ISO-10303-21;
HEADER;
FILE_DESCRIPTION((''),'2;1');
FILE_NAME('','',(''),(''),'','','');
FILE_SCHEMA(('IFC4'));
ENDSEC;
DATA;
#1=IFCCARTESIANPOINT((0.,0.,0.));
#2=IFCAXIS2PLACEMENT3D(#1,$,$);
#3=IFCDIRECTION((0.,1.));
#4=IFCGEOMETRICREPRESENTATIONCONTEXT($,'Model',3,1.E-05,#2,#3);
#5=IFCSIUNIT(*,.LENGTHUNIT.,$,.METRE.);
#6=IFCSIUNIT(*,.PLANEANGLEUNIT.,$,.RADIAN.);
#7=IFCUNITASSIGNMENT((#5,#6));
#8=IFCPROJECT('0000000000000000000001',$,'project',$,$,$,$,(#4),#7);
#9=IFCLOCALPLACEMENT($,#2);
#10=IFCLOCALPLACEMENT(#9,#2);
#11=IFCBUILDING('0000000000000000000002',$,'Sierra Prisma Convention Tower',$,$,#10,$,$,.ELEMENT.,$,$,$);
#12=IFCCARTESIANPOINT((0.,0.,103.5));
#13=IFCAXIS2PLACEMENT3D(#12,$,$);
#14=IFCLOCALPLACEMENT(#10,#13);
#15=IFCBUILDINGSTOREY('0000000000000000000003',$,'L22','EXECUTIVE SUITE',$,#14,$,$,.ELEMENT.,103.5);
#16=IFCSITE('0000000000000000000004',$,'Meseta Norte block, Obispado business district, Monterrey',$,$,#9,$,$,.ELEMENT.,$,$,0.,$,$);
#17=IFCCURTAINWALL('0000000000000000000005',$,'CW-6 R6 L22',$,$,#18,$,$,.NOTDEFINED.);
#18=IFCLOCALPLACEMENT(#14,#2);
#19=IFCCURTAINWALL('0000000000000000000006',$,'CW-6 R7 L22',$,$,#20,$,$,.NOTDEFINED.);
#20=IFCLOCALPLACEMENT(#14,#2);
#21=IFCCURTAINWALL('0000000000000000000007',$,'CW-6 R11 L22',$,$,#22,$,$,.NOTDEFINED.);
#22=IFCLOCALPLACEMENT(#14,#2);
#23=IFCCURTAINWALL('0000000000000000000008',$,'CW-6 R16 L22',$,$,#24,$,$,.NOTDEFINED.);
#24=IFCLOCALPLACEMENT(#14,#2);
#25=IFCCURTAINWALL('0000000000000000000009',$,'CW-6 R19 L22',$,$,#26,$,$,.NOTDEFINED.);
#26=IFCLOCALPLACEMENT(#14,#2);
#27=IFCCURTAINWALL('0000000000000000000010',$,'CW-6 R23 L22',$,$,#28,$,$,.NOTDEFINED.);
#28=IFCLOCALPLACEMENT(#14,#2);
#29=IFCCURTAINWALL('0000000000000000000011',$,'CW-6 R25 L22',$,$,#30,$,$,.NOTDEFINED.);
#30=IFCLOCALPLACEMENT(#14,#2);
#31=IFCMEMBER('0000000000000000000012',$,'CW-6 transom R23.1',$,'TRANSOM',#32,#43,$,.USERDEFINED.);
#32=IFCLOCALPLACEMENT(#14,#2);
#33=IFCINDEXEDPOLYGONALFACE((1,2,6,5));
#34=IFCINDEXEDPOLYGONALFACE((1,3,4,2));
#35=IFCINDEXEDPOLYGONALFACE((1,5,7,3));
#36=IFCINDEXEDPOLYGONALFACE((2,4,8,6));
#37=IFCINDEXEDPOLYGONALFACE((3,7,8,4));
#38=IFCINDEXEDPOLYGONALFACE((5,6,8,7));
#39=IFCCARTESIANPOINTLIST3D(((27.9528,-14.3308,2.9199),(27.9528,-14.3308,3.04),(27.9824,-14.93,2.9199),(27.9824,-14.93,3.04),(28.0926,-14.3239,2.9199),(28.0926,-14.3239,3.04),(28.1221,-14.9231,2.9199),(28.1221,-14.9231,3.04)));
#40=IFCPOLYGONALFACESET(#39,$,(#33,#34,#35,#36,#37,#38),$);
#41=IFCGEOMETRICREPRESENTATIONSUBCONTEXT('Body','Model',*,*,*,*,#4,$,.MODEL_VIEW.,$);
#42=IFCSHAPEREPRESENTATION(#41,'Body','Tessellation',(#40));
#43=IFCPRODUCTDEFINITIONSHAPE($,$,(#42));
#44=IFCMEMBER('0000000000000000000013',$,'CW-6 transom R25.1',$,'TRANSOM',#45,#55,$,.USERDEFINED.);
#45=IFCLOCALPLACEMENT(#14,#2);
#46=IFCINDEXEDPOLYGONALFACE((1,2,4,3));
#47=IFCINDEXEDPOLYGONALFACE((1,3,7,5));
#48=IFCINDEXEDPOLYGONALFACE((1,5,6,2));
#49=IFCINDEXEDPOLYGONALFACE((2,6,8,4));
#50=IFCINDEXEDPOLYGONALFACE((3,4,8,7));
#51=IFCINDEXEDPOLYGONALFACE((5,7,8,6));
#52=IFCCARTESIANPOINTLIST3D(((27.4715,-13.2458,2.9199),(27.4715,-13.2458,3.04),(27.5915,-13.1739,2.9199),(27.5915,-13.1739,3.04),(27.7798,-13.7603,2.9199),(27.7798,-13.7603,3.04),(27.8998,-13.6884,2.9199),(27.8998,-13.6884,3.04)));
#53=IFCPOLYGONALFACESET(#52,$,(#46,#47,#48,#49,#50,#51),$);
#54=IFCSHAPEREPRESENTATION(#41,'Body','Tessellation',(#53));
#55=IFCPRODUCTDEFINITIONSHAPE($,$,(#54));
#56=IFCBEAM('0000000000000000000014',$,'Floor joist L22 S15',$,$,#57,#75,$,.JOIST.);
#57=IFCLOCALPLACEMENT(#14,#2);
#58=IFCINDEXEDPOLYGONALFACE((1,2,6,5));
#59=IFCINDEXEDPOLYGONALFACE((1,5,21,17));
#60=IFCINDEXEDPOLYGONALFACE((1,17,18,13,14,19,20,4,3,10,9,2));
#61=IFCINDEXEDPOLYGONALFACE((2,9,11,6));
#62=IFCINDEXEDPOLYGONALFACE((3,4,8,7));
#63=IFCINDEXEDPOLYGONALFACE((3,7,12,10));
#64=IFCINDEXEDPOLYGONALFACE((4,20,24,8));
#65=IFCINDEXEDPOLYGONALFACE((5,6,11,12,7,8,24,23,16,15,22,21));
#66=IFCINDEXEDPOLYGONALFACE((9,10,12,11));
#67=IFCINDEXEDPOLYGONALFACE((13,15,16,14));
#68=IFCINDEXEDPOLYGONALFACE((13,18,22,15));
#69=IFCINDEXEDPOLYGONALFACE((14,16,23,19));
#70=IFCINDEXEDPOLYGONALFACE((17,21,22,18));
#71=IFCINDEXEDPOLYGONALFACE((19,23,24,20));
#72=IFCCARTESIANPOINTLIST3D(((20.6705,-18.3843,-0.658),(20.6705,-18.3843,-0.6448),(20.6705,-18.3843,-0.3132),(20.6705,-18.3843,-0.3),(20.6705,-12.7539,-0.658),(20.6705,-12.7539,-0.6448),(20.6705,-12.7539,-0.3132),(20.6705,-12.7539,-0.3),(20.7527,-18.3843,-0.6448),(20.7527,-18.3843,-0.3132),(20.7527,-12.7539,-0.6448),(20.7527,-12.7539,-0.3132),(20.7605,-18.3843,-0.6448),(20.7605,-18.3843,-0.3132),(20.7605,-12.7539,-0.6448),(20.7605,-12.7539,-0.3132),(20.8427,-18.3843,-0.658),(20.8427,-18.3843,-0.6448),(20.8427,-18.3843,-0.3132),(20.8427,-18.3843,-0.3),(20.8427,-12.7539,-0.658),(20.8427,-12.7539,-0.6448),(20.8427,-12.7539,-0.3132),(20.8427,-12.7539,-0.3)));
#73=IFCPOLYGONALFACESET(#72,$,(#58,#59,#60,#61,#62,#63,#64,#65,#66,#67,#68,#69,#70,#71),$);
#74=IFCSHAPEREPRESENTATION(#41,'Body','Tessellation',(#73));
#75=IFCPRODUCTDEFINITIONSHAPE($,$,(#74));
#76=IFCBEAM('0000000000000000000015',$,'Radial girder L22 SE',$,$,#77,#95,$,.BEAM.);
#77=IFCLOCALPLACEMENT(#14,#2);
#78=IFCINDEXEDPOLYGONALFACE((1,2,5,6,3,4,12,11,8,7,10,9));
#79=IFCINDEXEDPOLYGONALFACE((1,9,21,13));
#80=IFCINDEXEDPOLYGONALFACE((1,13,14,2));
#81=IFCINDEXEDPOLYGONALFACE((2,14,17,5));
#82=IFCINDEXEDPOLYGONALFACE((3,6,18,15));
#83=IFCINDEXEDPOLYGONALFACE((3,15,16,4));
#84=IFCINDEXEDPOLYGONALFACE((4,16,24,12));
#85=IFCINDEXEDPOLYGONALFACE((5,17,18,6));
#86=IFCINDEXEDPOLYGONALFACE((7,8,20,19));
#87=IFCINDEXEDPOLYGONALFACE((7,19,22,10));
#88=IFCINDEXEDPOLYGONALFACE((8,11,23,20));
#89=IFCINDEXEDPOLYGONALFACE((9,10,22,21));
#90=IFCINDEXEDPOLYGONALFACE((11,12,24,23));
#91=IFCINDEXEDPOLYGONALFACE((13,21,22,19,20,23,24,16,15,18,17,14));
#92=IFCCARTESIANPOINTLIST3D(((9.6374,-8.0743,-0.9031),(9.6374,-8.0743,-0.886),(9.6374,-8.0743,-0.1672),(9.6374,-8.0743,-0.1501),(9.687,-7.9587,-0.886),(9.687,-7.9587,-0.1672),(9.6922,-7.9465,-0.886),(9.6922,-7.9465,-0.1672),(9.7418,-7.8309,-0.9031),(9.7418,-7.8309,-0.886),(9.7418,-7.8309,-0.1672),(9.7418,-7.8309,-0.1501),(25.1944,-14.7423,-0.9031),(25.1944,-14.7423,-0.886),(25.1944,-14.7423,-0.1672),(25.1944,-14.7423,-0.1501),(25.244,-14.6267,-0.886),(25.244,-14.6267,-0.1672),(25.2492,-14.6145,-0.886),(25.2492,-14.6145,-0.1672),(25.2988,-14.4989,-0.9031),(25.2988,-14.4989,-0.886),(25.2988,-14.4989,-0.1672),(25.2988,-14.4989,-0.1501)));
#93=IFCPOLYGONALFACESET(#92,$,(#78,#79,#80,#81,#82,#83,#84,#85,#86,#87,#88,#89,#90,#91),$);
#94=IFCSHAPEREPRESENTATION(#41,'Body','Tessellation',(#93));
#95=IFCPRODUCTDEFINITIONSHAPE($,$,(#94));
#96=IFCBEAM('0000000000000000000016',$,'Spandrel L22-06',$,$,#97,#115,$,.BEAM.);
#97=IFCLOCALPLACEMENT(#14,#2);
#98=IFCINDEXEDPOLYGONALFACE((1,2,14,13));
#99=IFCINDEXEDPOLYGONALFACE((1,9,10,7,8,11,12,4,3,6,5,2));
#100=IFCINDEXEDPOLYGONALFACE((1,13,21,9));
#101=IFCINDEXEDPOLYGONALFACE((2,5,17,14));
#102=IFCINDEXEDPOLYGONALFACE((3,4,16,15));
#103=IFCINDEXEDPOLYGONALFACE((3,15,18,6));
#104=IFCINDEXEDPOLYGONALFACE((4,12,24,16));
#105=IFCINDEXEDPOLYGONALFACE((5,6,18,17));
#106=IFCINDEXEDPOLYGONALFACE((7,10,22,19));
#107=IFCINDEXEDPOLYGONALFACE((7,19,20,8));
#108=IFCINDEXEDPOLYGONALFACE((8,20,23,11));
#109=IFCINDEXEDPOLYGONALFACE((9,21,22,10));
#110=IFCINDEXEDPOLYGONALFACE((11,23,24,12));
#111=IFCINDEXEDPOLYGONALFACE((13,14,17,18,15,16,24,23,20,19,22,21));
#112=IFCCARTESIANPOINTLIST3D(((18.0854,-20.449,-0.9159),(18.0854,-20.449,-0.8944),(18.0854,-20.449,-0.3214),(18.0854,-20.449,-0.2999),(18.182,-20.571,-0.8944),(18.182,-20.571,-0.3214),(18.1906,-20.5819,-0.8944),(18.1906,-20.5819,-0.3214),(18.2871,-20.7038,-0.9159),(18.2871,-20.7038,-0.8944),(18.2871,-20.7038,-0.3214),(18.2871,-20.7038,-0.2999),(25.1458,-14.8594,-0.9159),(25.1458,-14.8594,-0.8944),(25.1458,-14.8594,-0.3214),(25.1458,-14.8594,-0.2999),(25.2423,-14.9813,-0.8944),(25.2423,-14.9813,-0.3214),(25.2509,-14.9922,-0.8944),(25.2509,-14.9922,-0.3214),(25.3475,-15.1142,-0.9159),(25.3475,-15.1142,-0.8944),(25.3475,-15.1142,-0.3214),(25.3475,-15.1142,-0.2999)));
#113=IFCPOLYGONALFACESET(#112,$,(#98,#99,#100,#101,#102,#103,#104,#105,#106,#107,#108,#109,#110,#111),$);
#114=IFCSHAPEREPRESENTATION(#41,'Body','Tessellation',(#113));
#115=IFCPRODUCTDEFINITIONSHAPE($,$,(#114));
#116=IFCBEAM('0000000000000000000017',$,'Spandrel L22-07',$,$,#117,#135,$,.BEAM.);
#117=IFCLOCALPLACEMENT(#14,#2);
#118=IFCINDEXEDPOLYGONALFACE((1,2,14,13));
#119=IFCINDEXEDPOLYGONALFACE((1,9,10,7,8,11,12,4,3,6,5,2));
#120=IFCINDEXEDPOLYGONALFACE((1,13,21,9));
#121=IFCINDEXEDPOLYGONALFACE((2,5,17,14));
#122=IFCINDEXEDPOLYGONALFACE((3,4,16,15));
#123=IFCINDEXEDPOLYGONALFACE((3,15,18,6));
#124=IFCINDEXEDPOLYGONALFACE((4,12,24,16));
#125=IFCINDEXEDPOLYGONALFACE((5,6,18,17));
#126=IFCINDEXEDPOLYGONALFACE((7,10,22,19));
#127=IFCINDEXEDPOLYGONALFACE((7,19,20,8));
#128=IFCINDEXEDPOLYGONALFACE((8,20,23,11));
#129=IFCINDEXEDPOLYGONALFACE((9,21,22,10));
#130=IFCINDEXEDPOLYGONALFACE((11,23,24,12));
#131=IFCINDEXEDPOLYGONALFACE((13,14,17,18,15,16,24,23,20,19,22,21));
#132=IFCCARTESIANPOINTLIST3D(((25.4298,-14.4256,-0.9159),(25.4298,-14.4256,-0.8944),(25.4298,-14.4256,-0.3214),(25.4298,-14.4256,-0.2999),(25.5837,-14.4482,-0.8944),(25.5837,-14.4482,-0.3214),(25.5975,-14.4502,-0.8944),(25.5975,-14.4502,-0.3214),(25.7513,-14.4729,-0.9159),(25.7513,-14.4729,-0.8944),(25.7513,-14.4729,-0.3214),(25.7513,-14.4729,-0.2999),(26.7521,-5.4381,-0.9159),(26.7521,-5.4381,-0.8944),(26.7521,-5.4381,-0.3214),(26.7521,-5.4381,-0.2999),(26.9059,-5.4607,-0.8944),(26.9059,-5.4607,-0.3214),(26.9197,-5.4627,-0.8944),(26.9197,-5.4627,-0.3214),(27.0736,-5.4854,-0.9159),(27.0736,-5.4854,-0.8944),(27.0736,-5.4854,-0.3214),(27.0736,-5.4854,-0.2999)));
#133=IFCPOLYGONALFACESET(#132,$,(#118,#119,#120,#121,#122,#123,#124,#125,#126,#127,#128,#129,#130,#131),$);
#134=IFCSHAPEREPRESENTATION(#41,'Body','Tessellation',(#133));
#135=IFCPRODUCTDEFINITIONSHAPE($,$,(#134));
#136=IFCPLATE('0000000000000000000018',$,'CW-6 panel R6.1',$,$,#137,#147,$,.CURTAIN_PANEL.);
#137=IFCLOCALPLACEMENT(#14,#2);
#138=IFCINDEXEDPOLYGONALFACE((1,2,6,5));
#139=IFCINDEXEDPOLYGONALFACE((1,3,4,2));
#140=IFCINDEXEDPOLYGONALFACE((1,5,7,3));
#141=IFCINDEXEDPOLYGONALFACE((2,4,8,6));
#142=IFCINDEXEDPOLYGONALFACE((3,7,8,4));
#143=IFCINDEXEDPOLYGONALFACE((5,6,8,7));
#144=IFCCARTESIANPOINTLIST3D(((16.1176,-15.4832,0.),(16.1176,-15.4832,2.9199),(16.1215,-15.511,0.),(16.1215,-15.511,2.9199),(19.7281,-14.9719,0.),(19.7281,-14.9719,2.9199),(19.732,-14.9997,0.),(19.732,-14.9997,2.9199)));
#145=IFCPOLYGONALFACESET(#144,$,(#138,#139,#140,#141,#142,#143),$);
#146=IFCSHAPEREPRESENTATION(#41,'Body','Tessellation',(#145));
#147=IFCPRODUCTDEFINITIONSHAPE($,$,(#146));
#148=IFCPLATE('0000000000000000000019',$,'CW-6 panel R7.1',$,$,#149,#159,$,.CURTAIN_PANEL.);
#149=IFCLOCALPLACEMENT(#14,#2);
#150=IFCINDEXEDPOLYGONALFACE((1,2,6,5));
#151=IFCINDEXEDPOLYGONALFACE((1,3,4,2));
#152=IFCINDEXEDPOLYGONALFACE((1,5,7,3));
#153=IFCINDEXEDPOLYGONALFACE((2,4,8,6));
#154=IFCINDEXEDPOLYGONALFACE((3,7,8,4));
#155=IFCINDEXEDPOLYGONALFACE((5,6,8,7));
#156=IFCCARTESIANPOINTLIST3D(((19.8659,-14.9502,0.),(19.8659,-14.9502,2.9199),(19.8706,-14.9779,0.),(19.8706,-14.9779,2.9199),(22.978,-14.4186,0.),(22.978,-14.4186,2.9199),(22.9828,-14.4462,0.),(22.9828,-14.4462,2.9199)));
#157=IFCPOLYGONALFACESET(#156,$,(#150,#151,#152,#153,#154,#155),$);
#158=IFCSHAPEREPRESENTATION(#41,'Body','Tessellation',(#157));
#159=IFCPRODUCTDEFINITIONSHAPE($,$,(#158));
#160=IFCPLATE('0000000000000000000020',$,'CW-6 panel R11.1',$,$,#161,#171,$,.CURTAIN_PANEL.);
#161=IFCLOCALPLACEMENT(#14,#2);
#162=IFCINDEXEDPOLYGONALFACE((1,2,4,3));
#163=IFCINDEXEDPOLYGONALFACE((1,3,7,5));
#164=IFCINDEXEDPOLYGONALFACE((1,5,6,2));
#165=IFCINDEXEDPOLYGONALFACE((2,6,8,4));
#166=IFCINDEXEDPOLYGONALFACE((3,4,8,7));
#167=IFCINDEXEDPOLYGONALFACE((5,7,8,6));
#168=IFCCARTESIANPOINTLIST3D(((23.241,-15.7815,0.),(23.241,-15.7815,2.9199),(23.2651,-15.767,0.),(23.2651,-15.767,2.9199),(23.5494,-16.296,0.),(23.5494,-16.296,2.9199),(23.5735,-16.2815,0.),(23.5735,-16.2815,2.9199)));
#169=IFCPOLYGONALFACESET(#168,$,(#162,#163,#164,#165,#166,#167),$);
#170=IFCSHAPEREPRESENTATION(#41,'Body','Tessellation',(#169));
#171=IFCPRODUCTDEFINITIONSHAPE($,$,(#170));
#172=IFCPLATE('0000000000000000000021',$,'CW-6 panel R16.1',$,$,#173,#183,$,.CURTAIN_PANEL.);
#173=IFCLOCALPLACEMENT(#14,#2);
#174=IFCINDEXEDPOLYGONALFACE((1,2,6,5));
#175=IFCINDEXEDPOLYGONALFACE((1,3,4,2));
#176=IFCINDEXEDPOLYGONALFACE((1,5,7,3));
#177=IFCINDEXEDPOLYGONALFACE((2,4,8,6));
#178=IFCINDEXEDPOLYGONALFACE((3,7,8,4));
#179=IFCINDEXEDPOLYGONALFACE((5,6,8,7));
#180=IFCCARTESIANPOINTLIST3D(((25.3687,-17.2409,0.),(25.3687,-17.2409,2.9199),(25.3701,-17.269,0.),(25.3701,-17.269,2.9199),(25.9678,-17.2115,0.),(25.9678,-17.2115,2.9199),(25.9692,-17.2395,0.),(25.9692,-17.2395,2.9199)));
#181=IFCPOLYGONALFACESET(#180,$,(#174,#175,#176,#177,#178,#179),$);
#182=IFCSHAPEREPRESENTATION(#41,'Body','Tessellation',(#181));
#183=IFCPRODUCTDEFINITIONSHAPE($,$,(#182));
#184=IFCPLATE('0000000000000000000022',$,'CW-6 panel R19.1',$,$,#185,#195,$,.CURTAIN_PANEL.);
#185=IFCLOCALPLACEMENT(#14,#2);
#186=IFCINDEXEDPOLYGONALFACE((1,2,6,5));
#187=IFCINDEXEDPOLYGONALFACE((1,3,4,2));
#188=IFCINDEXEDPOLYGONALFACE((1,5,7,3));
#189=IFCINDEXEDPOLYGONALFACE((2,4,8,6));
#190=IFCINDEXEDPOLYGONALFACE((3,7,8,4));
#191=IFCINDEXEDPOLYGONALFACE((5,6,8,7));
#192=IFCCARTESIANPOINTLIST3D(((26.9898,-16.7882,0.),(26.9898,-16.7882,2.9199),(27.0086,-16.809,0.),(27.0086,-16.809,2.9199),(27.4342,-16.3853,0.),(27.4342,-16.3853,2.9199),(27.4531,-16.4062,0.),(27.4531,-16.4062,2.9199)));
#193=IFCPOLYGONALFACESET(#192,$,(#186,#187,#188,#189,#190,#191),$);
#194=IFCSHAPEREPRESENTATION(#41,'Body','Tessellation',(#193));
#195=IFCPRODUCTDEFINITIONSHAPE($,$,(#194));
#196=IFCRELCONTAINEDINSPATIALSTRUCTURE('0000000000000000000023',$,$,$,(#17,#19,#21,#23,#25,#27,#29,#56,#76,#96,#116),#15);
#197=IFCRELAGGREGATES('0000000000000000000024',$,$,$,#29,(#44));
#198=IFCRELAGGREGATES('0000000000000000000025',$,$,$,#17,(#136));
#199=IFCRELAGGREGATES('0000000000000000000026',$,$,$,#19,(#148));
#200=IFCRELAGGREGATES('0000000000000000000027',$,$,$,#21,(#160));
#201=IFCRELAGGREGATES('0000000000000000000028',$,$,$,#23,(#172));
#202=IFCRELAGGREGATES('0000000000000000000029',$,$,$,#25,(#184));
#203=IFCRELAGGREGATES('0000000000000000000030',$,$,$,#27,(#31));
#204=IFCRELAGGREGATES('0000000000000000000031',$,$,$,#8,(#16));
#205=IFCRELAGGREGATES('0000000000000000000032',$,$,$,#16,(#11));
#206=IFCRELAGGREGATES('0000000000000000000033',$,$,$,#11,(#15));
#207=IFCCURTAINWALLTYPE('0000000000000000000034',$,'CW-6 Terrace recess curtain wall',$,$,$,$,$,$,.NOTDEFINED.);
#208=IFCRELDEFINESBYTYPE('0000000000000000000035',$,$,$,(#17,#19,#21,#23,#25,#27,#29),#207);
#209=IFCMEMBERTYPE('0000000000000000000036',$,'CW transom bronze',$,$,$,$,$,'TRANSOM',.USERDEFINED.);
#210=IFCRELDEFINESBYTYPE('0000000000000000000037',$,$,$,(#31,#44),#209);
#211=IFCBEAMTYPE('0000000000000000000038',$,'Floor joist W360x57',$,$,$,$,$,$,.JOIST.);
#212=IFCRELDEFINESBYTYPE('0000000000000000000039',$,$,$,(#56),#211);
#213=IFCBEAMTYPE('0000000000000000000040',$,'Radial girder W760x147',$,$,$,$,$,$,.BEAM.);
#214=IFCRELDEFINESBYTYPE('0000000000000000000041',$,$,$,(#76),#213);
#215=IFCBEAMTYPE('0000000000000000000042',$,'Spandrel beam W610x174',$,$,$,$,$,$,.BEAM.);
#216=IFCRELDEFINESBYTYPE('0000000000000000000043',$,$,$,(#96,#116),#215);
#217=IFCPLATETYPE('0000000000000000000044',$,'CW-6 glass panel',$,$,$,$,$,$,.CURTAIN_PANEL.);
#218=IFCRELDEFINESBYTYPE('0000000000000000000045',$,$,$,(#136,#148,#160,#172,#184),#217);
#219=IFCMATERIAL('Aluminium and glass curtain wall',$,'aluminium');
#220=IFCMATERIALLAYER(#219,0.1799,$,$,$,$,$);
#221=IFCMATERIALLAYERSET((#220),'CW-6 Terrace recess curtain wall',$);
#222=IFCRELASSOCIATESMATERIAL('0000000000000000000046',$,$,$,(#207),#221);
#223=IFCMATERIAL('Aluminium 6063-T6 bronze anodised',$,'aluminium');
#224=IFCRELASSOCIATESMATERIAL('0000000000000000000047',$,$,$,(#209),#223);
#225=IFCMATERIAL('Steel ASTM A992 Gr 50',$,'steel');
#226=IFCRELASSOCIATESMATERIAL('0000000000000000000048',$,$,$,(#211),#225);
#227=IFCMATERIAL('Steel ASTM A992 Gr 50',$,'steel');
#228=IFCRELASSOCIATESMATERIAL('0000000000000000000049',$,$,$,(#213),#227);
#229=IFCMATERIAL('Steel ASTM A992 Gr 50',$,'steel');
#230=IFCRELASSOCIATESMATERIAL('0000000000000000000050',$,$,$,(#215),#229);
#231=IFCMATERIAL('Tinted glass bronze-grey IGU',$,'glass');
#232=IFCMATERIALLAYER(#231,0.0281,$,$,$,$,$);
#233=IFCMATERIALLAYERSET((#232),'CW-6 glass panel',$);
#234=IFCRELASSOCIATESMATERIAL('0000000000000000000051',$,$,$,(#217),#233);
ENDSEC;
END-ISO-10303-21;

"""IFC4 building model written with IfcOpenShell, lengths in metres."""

from ifc_helpers import new_model, si_unit, direction, frame, origin, origin_2d, place, context, subcontext, project, spatial, rectangle, i_section, extrude, material, layer, layer_set, material_profile, profile_set, type_object, element, aggregate, save


model = new_model("IFC4")

# Units and contexts
model_context = context("Model", 3, precision=1e-05, world=origin(), true_north=direction((0.0, 1.0)))
body_context = subcontext(model_context, "Body", "Model", "MODEL_VIEW")
ifc_project = project(units=[si_unit("LENGTHUNIT", "METRE"), si_unit("PLANEANGLEUNIT", "RADIAN")], contexts=[model_context])

# Site, building, storey
site_placement = place(None, origin())
site = spatial("IfcSite", under=ifc_project, at=site_placement, Name="Meseta Norte block, Obispado business district, Monterrey", CompositionType="ELEMENT", RefElevation=0.0)
building_placement = place(site_placement, origin())
building = spatial("IfcBuilding", under=site, at=building_placement, Name="Sierra Prisma Convention Tower", CompositionType="ELEMENT")
storey_placement = place(building_placement, frame((0.0, 0.0, 103.5)))
storey = spatial("IfcBuildingStorey", under=building, at=storey_placement, Name="L22", Description="EXECUTIVE SUITE", CompositionType="ELEMENT", Elevation=103.5)

# Curtain walls
ifc_material_1 = material(Name="Aluminium and glass curtain wall", Category="aluminium")
ifc_layer_1 = layer(ifc_material_1, 0.1799)
ifc_layer_set_1 = layer_set([ifc_layer_1], Name="CW-6 Terrace recess curtain wall")
curtain_wall_type = type_object("IfcCurtainWallType", Name="CW-6 Terrace recess curtain wall", PredefinedType="NOTDEFINED", material=ifc_layer_set_1)
curtain_wall_1_placement = place(storey_placement, origin())
curtain_wall_1 = element("IfcCurtainWall", 1, at=curtain_wall_1_placement, inside=storey, type_object=curtain_wall_type, Name="CW-6 R6 L22", PredefinedType="NOTDEFINED")
curtain_wall_2_placement = place(storey_placement, origin())
curtain_wall_2 = element("IfcCurtainWall", 2, at=curtain_wall_2_placement, inside=storey, type_object=curtain_wall_type, Name="CW-6 R7 L22", PredefinedType="NOTDEFINED")
curtain_wall_3_placement = place(storey_placement, origin())
curtain_wall_3 = element("IfcCurtainWall", 3, at=curtain_wall_3_placement, inside=storey, type_object=curtain_wall_type, Name="CW-6 R11 L22", PredefinedType="NOTDEFINED")
curtain_wall_4_placement = place(storey_placement, origin())
curtain_wall_4 = element("IfcCurtainWall", 4, at=curtain_wall_4_placement, inside=storey, type_object=curtain_wall_type, Name="CW-6 R16 L22", PredefinedType="NOTDEFINED")
curtain_wall_5_placement = place(storey_placement, origin())
curtain_wall_5 = element("IfcCurtainWall", 5, at=curtain_wall_5_placement, inside=storey, type_object=curtain_wall_type, Name="CW-6 R19 L22", PredefinedType="NOTDEFINED")
curtain_wall_6_placement = place(storey_placement, origin())
curtain_wall_6 = element("IfcCurtainWall", 6, at=curtain_wall_6_placement, inside=storey, type_object=curtain_wall_type, Name="CW-6 R23 L22", PredefinedType="NOTDEFINED")
curtain_wall_7_placement = place(storey_placement, origin())
curtain_wall_7 = element("IfcCurtainWall", 7, at=curtain_wall_7_placement, inside=storey, type_object=curtain_wall_type, Name="CW-6 R25 L22", PredefinedType="NOTDEFINED")

# Members
ifc_material_2 = material(Name="Aluminium 6063-T6 bronze anodised", Category="aluminium")
ifc_material_profile_1 = material_profile(ifc_material_2, rectangle(XDim=0.1399, YDim=0.1201, at=origin_2d()), Name="ALU TRANSOM 120x140")
ifc_profile_set_1 = profile_set([ifc_material_profile_1], Name="Aluminium 6063-T6 bronze anodised")
member_type_1 = type_object("IfcMemberType", Name="CW transom bronze", ElementType="TRANSOM", PredefinedType="USERDEFINED", material=ifc_profile_set_1)
member_1_placement = place(storey_placement, frame((28.0522, -14.9265, 2.98), z_axis=(-0.049247, 0.998787, 0.0), x_axis=(-0.998787, -0.049247, 0.0)))
member_1 = element("IfcMember", 8, at=member_1_placement, type_object=member_type_1, Name="CW-6 transom R23.1", ObjectType="TRANSOM", PredefinedType="USERDEFINED", context=body_context, shape_type="SweptSolid", body=[
    extrude(rectangle(XDim=0.1399, YDim=0.1201, at=origin_2d()), origin(), (0.0, 0.0, 1.0), 0.5999),
])
member_2_placement = place(storey_placement, frame((27.8398, -13.7244, 2.98), z_axis=(-0.513957, 0.857816, 0.0), x_axis=(-0.857816, -0.513957, 0.0)))
member_2 = element("IfcMember", 9, at=member_2_placement, type_object=member_type_1, Name="CW-6 transom R25.1", ObjectType="TRANSOM", PredefinedType="USERDEFINED", context=body_context, shape_type="SweptSolid", body=[
    extrude(rectangle(XDim=0.1399, YDim=0.1201, at=origin_2d()), origin(), (0.0, 0.0, 1.0), 0.5999),
])
aggregate(curtain_wall_7, [member_2])

# Beams
ifc_material_3 = material(Name="Steel ASTM A992 Gr 50", Category="steel")
ifc_material_profile_2 = material_profile(ifc_material_3, i_section(OverallWidth=0.1721, OverallDepth=0.3579, WebThickness=0.0078, FlangeThickness=0.0132, at=origin_2d()), Name="W360x57")
ifc_profile_set_2 = profile_set([ifc_material_profile_2], Name="Steel ASTM A992 Gr 50")
beam_type_1 = type_object("IfcBeamType", Name="Floor joist W360x57", PredefinedType="JOIST", material=ifc_profile_set_2)
beam_1_placement = place(storey_placement, frame((20.7566, -18.3843, -0.479), z_axis=(0.0, 1.0, 0.0), x_axis=(-1.0, 0.0, 0.0)))
element("IfcBeam", 10, at=beam_1_placement, inside=storey, type_object=beam_type_1, Name="Floor joist L22 S15", PredefinedType="JOIST", context=body_context, shape_type="SweptSolid", body=[
    extrude(i_section(OverallWidth=0.1721, OverallDepth=0.3579, WebThickness=0.0078, FlangeThickness=0.0132, at=origin_2d()), origin(), (0.0, 0.0, 1.0), 5.6304),
])
ifc_material_4 = material(Name="Steel ASTM A992 Gr 50", Category="steel")
ifc_material_profile_3 = material_profile(ifc_material_4, i_section(OverallWidth=0.2649, OverallDepth=0.7529, WebThickness=0.0132, FlangeThickness=0.0171, at=origin_2d()), Name="W760x147")
ifc_profile_set_3 = profile_set([ifc_material_profile_3], Name="Steel ASTM A992 Gr 50")
beam_type_2 = type_object("IfcBeamType", Name="Radial girder W760x147", PredefinedType="BEAM", material=ifc_profile_set_3)
beam_2_placement = place(storey_placement, frame((25.2466, -14.6206, -0.5266), z_axis=(-0.919129, 0.393956, 0.0), x_axis=(-0.393956, -0.919129, 0.0)))
element("IfcBeam", 11, at=beam_2_placement, inside=storey, type_object=beam_type_2, Name="Radial girder L22 SE", PredefinedType="BEAM", context=body_context, shape_type="SweptSolid", body=[
    extrude(i_section(OverallWidth=0.2649, OverallDepth=0.7529, WebThickness=0.0132, FlangeThickness=0.0171, at=origin_2d()), origin(), (0.0, 0.0, 1.0), 16.9258),
])
ifc_material_5 = material(Name="Steel ASTM A992 Gr 50", Category="steel")
ifc_material_profile_4 = material_profile(ifc_material_5, i_section(OverallWidth=0.325, OverallDepth=0.616, WebThickness=0.0139, FlangeThickness=0.0215, at=origin_2d()), Name="W610x174")
ifc_profile_set_4 = profile_set([ifc_material_profile_4], Name="Steel ASTM A992 Gr 50")
beam_type_3 = type_object("IfcBeamType", Name="Spandrel beam W610x174", PredefinedType="BEAM", material=ifc_profile_set_4)
beam_3_placement = place(storey_placement, frame((18.1863, -20.5764, -0.6079), z_axis=(0.784035, 0.620716, 0.0), x_axis=(-0.620716, 0.784035, 0.0)))
element("IfcBeam", 12, at=beam_3_placement, inside=storey, type_object=beam_type_3, Name="Spandrel L22-06", PredefinedType="BEAM", context=body_context, shape_type="SweptSolid", body=[
    extrude(i_section(OverallWidth=0.325, OverallDepth=0.616, WebThickness=0.0139, FlangeThickness=0.0215, at=origin_2d()), origin(), (0.0, 0.0, 1.0), 9.0051),
])
beam_4_placement = place(storey_placement, frame((25.5906, -14.4492, -0.6079), z_axis=(0.145555, 0.98935, 0.0), x_axis=(-0.98935, 0.145555, 0.0)))
element("IfcBeam", 13, at=beam_4_placement, inside=storey, type_object=beam_type_3, Name="Spandrel L22-07", PredefinedType="BEAM", context=body_context, shape_type="SweptSolid", body=[
    extrude(i_section(OverallWidth=0.325, OverallDepth=0.616, WebThickness=0.0139, FlangeThickness=0.0215, at=origin_2d()), origin(), (0.0, 0.0, 1.0), 9.0842),
])

# Plates
ifc_material_6 = material(Name="Tinted glass bronze-grey IGU", Category="glass")
ifc_layer_2 = layer(ifc_material_6, 0.0281)
ifc_layer_set_2 = layer_set([ifc_layer_2], Name="CW-6 glass panel")
plate_type = type_object("IfcPlateType", Name="CW-6 glass panel", PredefinedType="CURTAIN_PANEL", material=ifc_layer_set_2)
plate_1_placement = place(storey_placement, frame((17.9248, -15.2415, 0.0), z_axis=(0.0, 0.0, 1.0), x_axis=(0.99012, 0.140219, 0.0)))
plate_1 = element("IfcPlate", 14, at=plate_1_placement, type_object=plate_type, Name="CW-6 panel R6.1", PredefinedType="CURTAIN_PANEL", context=body_context, shape_type="SweptSolid", body=[
    extrude(rectangle(XDim=3.6465, YDim=0.0281, at=origin_2d()), origin(), (0.0, 0.0, 1.0), 2.9199),
])
aggregate(curtain_wall_1, [plate_1])
plate_2_placement = place(storey_placement, frame((21.4243, -14.6982, 0.0), z_axis=(0.0, 0.0, 1.0), x_axis=(0.985719, 0.168396, 0.0)))
plate_2 = element("IfcPlate", 15, at=plate_2_placement, type_object=plate_type, Name="CW-6 panel R7.1", PredefinedType="CURTAIN_PANEL", context=body_context, shape_type="SweptSolid", body=[
    extrude(rectangle(XDim=3.1572, YDim=0.0281, at=origin_2d()), origin(), (0.0, 0.0, 1.0), 2.9199),
])
aggregate(curtain_wall_2, [plate_2])
plate_3_placement = place(storey_placement, frame((23.4072, -16.0315, 0.0), z_axis=(0.0, 0.0, 1.0), x_axis=(0.514103, -0.857729, 0.0)))
plate_3 = element("IfcPlate", 16, at=plate_3_placement, type_object=plate_type, Name="CW-6 panel R11.1", PredefinedType="CURTAIN_PANEL", context=body_context, shape_type="SweptSolid", body=[
    extrude(rectangle(XDim=0.5999, YDim=0.0281, at=origin_2d()), origin(), (0.0, 0.0, 1.0), 2.9199),
])
aggregate(curtain_wall_3, [plate_3])
plate_4_placement = place(storey_placement, frame((25.6689, -17.2402, 0.0), z_axis=(0.0, 0.0, 1.0), x_axis=(0.998795, 0.049068, 0.0)))
plate_4 = element("IfcPlate", 17, at=plate_4_placement, type_object=plate_type, Name="CW-6 panel R16.1", PredefinedType="CURTAIN_PANEL", context=body_context, shape_type="SweptSolid", body=[
    extrude(rectangle(XDim=0.5999, YDim=0.0281, at=origin_2d()), origin(), (0.0, 0.0, 1.0), 2.9199),
])
aggregate(curtain_wall_4, [plate_4])
plate_5_placement = place(storey_placement, frame((27.2214, -16.5972, 0.0), z_axis=(0.0, 0.0, 1.0), x_axis=(0.740951, 0.671559, 0.0)))
plate_5 = element("IfcPlate", 18, at=plate_5_placement, type_object=plate_type, Name="CW-6 panel R19.1", PredefinedType="CURTAIN_PANEL", context=body_context, shape_type="SweptSolid", body=[
    extrude(rectangle(XDim=0.5999, YDim=0.0281, at=origin_2d()), origin(), (0.0, 0.0, 1.0), 2.9199),
])
aggregate(curtain_wall_5, [plate_5])
aggregate(curtain_wall_6, [member_1])

save(model, "model.ifc")
